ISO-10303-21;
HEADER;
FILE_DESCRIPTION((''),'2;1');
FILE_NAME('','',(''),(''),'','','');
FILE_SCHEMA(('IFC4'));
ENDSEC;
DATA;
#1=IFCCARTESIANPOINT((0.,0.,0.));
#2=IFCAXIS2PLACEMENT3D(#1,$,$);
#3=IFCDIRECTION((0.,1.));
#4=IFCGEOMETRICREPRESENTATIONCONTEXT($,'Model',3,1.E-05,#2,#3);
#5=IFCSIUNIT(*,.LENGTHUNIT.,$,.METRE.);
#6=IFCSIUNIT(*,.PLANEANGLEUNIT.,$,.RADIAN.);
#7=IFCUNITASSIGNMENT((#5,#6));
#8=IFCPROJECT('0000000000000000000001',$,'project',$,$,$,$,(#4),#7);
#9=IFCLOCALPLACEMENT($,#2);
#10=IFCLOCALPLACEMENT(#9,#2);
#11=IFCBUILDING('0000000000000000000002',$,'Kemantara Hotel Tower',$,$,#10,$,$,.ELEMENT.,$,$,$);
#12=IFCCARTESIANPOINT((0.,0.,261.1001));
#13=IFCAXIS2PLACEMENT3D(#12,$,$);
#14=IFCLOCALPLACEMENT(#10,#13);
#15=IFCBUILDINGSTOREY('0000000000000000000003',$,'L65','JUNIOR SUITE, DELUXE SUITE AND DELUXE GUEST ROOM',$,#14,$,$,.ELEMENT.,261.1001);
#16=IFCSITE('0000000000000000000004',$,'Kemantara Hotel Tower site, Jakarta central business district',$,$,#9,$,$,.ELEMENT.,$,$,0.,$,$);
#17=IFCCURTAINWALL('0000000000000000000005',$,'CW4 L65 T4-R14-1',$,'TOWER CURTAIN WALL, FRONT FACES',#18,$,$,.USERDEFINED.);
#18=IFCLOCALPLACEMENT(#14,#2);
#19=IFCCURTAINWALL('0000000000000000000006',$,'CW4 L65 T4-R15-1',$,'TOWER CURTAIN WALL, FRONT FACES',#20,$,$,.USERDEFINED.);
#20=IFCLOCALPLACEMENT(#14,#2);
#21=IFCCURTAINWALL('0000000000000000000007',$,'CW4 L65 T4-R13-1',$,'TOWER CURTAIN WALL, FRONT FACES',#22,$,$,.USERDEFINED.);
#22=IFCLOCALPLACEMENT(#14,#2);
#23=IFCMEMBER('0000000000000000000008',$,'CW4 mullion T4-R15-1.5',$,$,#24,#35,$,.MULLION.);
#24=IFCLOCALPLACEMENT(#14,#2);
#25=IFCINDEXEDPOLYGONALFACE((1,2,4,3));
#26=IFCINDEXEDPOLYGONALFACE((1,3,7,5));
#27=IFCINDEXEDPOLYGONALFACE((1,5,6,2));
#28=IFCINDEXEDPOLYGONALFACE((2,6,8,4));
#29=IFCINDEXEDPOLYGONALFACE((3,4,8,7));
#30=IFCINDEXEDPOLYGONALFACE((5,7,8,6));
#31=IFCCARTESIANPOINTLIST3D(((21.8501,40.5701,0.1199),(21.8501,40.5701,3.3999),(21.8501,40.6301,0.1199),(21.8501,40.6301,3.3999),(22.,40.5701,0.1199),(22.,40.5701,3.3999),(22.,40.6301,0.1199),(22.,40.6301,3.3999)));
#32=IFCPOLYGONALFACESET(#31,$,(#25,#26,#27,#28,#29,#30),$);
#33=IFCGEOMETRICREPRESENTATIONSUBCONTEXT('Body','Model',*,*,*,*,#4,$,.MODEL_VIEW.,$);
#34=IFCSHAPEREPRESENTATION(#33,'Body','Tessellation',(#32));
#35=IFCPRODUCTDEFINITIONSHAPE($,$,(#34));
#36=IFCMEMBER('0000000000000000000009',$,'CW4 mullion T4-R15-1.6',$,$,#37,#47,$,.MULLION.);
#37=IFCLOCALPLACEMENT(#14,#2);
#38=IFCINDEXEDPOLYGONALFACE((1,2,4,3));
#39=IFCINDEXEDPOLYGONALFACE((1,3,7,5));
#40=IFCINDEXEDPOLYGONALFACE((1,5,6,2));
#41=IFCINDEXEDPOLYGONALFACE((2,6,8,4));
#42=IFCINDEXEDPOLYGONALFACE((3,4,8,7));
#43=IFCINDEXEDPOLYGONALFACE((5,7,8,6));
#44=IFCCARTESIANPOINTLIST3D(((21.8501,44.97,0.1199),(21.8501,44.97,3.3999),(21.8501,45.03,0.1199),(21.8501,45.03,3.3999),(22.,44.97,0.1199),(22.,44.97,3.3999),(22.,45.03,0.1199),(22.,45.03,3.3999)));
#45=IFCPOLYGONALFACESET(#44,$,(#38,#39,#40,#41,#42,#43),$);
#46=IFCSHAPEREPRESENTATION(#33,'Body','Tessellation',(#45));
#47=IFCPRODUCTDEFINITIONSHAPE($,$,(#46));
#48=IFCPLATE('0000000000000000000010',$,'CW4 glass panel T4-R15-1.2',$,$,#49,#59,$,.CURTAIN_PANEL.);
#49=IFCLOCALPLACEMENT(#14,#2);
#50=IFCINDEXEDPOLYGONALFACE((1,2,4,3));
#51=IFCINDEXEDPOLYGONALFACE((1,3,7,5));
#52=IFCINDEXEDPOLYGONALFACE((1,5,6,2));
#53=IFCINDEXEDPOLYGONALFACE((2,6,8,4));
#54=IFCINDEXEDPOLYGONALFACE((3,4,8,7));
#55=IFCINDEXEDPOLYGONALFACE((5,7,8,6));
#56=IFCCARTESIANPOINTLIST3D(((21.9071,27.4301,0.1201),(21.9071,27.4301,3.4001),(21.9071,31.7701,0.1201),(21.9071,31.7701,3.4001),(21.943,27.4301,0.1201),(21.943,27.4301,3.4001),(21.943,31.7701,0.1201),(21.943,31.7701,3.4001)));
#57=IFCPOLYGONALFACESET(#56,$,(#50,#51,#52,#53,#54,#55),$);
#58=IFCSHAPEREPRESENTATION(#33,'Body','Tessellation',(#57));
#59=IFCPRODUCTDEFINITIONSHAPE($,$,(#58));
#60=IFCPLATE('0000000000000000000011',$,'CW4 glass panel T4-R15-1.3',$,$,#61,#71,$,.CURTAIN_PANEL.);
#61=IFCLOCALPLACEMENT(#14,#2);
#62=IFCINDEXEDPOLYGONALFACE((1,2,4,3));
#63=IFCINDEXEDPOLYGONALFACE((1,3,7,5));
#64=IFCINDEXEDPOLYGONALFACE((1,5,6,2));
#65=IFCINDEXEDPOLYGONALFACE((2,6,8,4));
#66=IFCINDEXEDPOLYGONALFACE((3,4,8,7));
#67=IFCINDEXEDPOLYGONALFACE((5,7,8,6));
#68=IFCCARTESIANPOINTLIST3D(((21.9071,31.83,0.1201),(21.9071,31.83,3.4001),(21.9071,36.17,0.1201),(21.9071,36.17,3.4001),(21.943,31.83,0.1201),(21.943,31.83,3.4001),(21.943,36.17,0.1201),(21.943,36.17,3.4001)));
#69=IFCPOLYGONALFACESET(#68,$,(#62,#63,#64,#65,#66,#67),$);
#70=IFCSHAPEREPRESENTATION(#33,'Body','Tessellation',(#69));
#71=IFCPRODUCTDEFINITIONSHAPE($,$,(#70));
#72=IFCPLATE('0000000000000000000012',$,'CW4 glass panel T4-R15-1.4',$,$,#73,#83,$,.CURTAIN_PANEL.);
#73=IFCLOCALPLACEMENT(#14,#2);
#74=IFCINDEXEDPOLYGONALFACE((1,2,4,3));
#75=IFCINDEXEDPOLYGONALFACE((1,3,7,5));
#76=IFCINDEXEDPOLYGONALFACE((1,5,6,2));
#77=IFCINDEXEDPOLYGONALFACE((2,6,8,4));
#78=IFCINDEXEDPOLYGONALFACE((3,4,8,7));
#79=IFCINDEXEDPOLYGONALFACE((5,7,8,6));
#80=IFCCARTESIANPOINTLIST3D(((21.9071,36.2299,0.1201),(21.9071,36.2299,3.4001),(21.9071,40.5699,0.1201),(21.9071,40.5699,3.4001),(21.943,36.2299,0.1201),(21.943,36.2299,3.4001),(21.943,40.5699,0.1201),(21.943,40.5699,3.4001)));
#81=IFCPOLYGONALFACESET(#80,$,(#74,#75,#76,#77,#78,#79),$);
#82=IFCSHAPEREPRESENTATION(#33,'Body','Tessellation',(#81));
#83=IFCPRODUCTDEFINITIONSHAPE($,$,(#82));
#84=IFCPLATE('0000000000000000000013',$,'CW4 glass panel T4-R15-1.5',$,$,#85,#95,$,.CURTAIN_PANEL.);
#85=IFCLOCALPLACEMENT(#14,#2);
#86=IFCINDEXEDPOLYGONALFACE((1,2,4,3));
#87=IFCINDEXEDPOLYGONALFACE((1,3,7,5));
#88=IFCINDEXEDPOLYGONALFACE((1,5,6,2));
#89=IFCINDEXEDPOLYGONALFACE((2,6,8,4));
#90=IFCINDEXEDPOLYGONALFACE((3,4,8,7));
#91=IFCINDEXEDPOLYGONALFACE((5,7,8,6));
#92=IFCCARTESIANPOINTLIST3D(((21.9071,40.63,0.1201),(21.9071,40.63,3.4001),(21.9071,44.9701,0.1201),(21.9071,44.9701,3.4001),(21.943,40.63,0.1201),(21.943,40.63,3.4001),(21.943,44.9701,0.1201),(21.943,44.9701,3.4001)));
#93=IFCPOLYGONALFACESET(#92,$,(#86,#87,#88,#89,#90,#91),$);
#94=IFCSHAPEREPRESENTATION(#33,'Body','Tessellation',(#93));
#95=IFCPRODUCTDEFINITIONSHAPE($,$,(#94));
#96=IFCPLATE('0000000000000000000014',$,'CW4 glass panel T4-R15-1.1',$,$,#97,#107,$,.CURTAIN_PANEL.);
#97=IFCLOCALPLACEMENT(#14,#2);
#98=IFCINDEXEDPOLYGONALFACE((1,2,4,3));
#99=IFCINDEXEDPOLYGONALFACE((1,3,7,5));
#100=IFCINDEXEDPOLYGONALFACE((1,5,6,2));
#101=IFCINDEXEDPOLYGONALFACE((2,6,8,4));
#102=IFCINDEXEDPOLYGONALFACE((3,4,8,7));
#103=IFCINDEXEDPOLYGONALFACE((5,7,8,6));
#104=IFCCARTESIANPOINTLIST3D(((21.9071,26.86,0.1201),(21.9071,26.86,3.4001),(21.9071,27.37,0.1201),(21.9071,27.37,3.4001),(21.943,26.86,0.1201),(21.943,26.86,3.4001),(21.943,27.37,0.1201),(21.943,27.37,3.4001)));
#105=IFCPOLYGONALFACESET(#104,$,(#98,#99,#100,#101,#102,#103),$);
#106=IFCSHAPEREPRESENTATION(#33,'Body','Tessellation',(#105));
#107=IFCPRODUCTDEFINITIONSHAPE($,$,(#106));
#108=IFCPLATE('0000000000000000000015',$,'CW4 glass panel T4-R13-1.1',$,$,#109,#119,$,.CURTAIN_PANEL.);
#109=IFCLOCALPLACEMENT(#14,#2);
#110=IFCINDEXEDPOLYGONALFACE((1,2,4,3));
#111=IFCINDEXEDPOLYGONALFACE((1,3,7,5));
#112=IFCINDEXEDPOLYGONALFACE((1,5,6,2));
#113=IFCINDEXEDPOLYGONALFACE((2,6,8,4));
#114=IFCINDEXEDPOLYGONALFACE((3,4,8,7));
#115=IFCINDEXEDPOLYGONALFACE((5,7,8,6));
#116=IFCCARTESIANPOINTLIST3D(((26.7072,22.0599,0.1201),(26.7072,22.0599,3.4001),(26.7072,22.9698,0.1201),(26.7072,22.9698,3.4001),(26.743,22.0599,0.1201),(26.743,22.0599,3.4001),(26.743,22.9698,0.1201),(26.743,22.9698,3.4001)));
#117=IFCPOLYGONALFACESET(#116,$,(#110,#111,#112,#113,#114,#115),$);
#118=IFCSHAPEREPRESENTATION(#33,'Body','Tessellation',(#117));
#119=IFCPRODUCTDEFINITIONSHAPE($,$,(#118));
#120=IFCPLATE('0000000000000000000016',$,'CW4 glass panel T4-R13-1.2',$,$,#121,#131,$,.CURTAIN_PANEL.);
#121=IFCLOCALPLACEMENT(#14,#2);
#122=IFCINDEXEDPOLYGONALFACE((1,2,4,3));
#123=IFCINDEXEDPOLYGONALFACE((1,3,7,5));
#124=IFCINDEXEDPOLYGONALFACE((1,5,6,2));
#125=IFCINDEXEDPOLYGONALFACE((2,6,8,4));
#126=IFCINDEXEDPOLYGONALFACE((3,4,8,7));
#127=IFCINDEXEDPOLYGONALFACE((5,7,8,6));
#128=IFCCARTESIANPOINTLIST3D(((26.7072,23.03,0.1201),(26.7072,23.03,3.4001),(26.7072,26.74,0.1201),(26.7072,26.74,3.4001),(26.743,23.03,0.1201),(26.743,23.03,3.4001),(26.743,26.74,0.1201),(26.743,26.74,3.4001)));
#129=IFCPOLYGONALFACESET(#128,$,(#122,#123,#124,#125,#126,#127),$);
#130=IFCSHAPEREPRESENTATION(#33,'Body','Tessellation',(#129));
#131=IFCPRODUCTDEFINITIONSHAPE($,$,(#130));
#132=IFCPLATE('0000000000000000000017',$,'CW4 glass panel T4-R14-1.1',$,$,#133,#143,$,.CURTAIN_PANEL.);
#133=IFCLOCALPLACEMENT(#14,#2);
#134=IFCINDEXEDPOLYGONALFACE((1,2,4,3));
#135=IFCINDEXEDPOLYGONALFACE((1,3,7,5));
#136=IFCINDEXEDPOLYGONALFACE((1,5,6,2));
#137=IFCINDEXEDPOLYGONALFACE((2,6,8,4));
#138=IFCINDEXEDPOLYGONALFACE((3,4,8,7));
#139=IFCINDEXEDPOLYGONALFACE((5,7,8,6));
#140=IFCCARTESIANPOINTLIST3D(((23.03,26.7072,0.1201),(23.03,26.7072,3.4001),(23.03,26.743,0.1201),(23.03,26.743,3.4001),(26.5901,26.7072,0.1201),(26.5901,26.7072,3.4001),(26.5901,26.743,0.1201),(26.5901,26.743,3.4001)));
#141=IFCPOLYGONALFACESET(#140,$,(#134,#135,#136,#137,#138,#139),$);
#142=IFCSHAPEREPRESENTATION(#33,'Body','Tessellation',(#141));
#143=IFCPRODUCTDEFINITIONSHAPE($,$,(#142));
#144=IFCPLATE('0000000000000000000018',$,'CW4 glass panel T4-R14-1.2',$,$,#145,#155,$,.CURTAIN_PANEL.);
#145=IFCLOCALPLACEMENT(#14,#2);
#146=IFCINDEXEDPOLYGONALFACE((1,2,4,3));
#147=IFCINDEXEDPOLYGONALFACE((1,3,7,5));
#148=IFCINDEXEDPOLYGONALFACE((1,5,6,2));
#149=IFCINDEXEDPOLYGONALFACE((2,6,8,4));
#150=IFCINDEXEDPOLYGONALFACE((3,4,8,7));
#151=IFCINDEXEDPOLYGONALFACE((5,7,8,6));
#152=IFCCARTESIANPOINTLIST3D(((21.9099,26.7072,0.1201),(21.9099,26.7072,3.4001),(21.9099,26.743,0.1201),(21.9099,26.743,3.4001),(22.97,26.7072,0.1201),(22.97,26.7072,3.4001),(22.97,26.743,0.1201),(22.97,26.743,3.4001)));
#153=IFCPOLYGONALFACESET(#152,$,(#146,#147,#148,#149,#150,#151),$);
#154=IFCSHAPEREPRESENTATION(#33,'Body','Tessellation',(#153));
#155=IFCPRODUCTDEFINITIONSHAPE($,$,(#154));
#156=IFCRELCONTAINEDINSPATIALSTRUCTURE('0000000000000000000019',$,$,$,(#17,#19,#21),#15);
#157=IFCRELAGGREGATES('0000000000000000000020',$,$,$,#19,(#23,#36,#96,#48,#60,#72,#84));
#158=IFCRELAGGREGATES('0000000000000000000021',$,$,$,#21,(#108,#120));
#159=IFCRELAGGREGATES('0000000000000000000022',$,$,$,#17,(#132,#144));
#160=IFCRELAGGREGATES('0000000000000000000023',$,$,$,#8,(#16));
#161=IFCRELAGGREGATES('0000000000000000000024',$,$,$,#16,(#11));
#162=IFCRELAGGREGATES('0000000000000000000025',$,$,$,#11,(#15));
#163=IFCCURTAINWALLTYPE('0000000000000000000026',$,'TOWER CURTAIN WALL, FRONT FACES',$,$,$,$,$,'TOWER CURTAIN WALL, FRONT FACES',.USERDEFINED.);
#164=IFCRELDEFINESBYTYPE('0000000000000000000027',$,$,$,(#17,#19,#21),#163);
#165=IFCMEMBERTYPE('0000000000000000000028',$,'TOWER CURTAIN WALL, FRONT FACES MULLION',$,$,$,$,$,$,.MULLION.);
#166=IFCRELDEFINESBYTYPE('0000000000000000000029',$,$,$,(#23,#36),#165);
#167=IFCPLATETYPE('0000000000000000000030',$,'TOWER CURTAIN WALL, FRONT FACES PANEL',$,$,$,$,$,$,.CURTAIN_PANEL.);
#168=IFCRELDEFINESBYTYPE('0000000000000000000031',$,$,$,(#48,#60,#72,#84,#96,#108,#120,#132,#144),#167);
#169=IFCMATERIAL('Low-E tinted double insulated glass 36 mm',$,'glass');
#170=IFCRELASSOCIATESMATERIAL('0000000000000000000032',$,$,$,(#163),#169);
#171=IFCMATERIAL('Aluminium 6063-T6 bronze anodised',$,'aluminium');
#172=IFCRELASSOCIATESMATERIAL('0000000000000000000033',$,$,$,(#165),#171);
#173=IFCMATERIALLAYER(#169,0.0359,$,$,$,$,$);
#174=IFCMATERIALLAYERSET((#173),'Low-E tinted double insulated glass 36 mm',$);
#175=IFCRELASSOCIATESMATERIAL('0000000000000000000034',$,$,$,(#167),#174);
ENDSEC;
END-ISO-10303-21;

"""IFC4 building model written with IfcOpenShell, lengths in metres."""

from ifc_helpers import new_model, si_unit, direction, frame, origin, origin_2d, place, context, subcontext, project, spatial, rectangle, extrude, source, transform, mapped, material, layer, layer_set, material_profile, profile_set, type_object, element, aggregate, save


model = new_model("IFC4")

# Units and contexts
model_context = context("Model", 3, precision=1e-05, world=origin(), true_north=direction((0.0, 1.0)))
body_context = subcontext(model_context, "Body", "Model", "MODEL_VIEW")
ifc_project = project(units=[si_unit("LENGTHUNIT", "METRE"), si_unit("PLANEANGLEUNIT", "RADIAN")], contexts=[model_context])

# Site, building, storey
site_placement = place(None, origin())
site = spatial("IfcSite", under=ifc_project, at=site_placement, Name="Kemantara Hotel Tower site, Jakarta central business district", CompositionType="ELEMENT", RefElevation=0.0)
building_placement = place(site_placement, origin())
building = spatial("IfcBuilding", under=site, at=building_placement, Name="Kemantara Hotel Tower", CompositionType="ELEMENT")
storey_placement = place(building_placement, frame((0.0, 0.0, 261.1001)))
storey = spatial("IfcBuildingStorey", under=building, at=storey_placement, Name="L65", Description="JUNIOR SUITE, DELUXE SUITE AND DELUXE GUEST ROOM", CompositionType="ELEMENT", Elevation=261.1001)

# Curtain walls
ifc_material_1 = material(Name="Low-E tinted double insulated glass 36 mm", Category="glass")
curtain_wall_type = type_object("IfcCurtainWallType", Name="TOWER CURTAIN WALL, FRONT FACES", ElementType="TOWER CURTAIN WALL, FRONT FACES", PredefinedType="USERDEFINED", material=ifc_material_1)
curtain_wall_1_placement = place(storey_placement, origin())
curtain_wall_1 = element("IfcCurtainWall", 1, at=curtain_wall_1_placement, inside=storey, type_object=curtain_wall_type, Name="CW4 L65 T4-R14-1", ObjectType="TOWER CURTAIN WALL, FRONT FACES", PredefinedType="USERDEFINED")
ifc_material_2 = material(Name="Aluminium 6063-T6 bronze anodised", Category="aluminium")
curtain_wall_2_placement = place(storey_placement, origin())
curtain_wall_2 = element("IfcCurtainWall", 2, at=curtain_wall_2_placement, inside=storey, type_object=curtain_wall_type, Name="CW4 L65 T4-R15-1", ObjectType="TOWER CURTAIN WALL, FRONT FACES", PredefinedType="USERDEFINED")

# Curtain wall
curtain_wall_3_placement = place(storey_placement, origin())
curtain_wall_3 = element("IfcCurtainWall", 3, at=curtain_wall_3_placement, inside=storey, type_object=curtain_wall_type, Name="CW4 L65 T4-R13-1", ObjectType="TOWER CURTAIN WALL, FRONT FACES", PredefinedType="USERDEFINED")
ifc_material_profile_1 = material_profile(ifc_material_2, rectangle(XDim=0.1499, YDim=0.0601, at=origin_2d()), Name="TOWER CURTAIN WALL, FRONT FACES MULLION")
ifc_profile_set_1 = profile_set([ifc_material_profile_1], Name="Aluminium 6063-T6 bronze anodised")
member_type_1 = type_object("IfcMemberType", Name="TOWER CURTAIN WALL, FRONT FACES MULLION", PredefinedType="MULLION", material=ifc_profile_set_1)
shared_shape_1 = source(origin(), body_context, "Body", "SweptSolid", [
    extrude(rectangle(XDim=0.1499, YDim=0.0601, at=origin_2d()), origin(), (0.0, 0.0, 1.0), 3.28),
])

# Members
member_1_placement = place(storey_placement, frame((21.925, 40.6001, 0.1199), z_axis=(0.0, 0.0, 1.0), x_axis=(-1.0, 0.0, 0.0)))
member_1 = element("IfcMember", 4, at=member_1_placement, type_object=member_type_1, Name="CW4 mullion T4-R15-1.5", PredefinedType="MULLION", context=body_context, shape_type="MappedRepresentation", body=[
    mapped(shared_shape_1, transform((0.0, 0.0, 0.0))),
])
member_2_placement = place(storey_placement, frame((21.925, 45.0, 0.1199), z_axis=(0.0, 0.0, 1.0), x_axis=(-1.0, 0.0, 0.0)))
member_2 = element("IfcMember", 5, at=member_2_placement, type_object=member_type_1, Name="CW4 mullion T4-R15-1.6", PredefinedType="MULLION", context=body_context, shape_type="MappedRepresentation", body=[
    mapped(shared_shape_1, transform((0.0, 0.0, 0.0))),
])

# Plates
ifc_layer_1 = layer(ifc_material_1, 0.0359)
ifc_layer_set_1 = layer_set([ifc_layer_1], Name="Low-E tinted double insulated glass 36 mm")
plate_type = type_object("IfcPlateType", Name="TOWER CURTAIN WALL, FRONT FACES PANEL", PredefinedType="CURTAIN_PANEL", material=ifc_layer_set_1)
shared_shape_2 = source(origin(), body_context, "Body", "SweptSolid", [
    extrude(rectangle(XDim=4.3401, YDim=0.0359, at=origin_2d()), origin(), (0.0, 0.0, 1.0), 3.28),
])
plate_1_placement = place(storey_placement, frame((21.925, 29.6001, 0.1201), z_axis=(0.0, 0.0, 1.0), x_axis=(0.0, 1.0, 0.0)))
plate_1 = element("IfcPlate", 6, at=plate_1_placement, type_object=plate_type, Name="CW4 glass panel T4-R15-1.2", PredefinedType="CURTAIN_PANEL", context=body_context, shape_type="MappedRepresentation", body=[
    mapped(shared_shape_2, transform((0.0, 0.0, 0.0))),
])
plate_2_placement = place(storey_placement, frame((21.925, 34.0, 0.1201), z_axis=(0.0, 0.0, 1.0), x_axis=(0.0, 1.0, 0.0)))
plate_2 = element("IfcPlate", 7, at=plate_2_placement, type_object=plate_type, Name="CW4 glass panel T4-R15-1.3", PredefinedType="CURTAIN_PANEL", context=body_context, shape_type="MappedRepresentation", body=[
    mapped(shared_shape_2, transform((0.0, 0.0, 0.0))),
])
plate_3_placement = place(storey_placement, frame((21.925, 38.3999, 0.1201), z_axis=(0.0, 0.0, 1.0), x_axis=(0.0, 1.0, 0.0)))
plate_3 = element("IfcPlate", 8, at=plate_3_placement, type_object=plate_type, Name="CW4 glass panel T4-R15-1.4", PredefinedType="CURTAIN_PANEL", context=body_context, shape_type="MappedRepresentation", body=[
    mapped(shared_shape_2, transform((0.0, 0.0, 0.0))),
])
plate_4_placement = place(storey_placement, frame((21.925, 42.8, 0.1201), z_axis=(0.0, 0.0, 1.0), x_axis=(0.0, 1.0, 0.0)))
plate_4 = element("IfcPlate", 9, at=plate_4_placement, type_object=plate_type, Name="CW4 glass panel T4-R15-1.5", PredefinedType="CURTAIN_PANEL", context=body_context, shape_type="MappedRepresentation", body=[
    mapped(shared_shape_2, transform((0.0, 0.0, 0.0))),
])
shared_shape_3 = source(origin(), body_context, "Body", "SweptSolid", [
    extrude(rectangle(XDim=0.51, YDim=0.0359, at=origin_2d()), origin(), (0.0, 0.0, 1.0), 3.28),
])
plate_5_placement = place(storey_placement, frame((21.925, 27.115, 0.1201), z_axis=(0.0, 0.0, 1.0), x_axis=(0.0, 1.0, 0.0)))
plate_5 = element("IfcPlate", 10, at=plate_5_placement, type_object=plate_type, Name="CW4 glass panel T4-R15-1.1", PredefinedType="CURTAIN_PANEL", context=body_context, shape_type="MappedRepresentation", body=[
    mapped(shared_shape_3, transform((0.0, 0.0, 0.0))),
])
aggregate(curtain_wall_2, [member_1, member_2, plate_5, plate_1, plate_2, plate_3, plate_4])
shared_shape_4 = source(origin(), body_context, "Body", "SweptSolid", [
    extrude(rectangle(XDim=0.9099, YDim=0.0359, at=origin_2d()), origin(), (0.0, 0.0, 1.0), 3.28),
])
plate_6_placement = place(storey_placement, frame((26.7251, 22.5149, 0.1201), z_axis=(0.0, 0.0, 1.0), x_axis=(0.0, 1.0, 0.0)))
plate_6 = element("IfcPlate", 11, at=plate_6_placement, type_object=plate_type, Name="CW4 glass panel T4-R13-1.1", PredefinedType="CURTAIN_PANEL", context=body_context, shape_type="MappedRepresentation", body=[
    mapped(shared_shape_4, transform((0.0, 0.0, 0.0))),
])
shared_shape_5 = source(origin(), body_context, "Body", "SweptSolid", [
    extrude(rectangle(XDim=3.71, YDim=0.0359, at=origin_2d()), origin(), (0.0, 0.0, 1.0), 3.28),
])
plate_7_placement = place(storey_placement, frame((26.7251, 24.885, 0.1201), z_axis=(0.0, 0.0, 1.0), x_axis=(0.0, 1.0, 0.0)))
plate_7 = element("IfcPlate", 12, at=plate_7_placement, type_object=plate_type, Name="CW4 glass panel T4-R13-1.2", PredefinedType="CURTAIN_PANEL", context=body_context, shape_type="MappedRepresentation", body=[
    mapped(shared_shape_5, transform((0.0, 0.0, 0.0))),
])
aggregate(curtain_wall_3, [plate_6, plate_7])
shared_shape_6 = source(origin(), body_context, "Body", "SweptSolid", [
    extrude(rectangle(XDim=3.5601, YDim=0.0359, at=origin_2d()), origin(), (0.0, 0.0, 1.0), 3.28),
])
plate_8_placement = place(storey_placement, frame((24.8101, 26.7251, 0.1201), z_axis=(0.0, 0.0, 1.0), x_axis=(-1.0, 0.0, 0.0)))
plate_8 = element("IfcPlate", 13, at=plate_8_placement, type_object=plate_type, Name="CW4 glass panel T4-R14-1.1", PredefinedType="CURTAIN_PANEL", context=body_context, shape_type="MappedRepresentation", body=[
    mapped(shared_shape_6, transform((0.0, 0.0, 0.0))),
])
shared_shape_7 = source(origin(), body_context, "Body", "SweptSolid", [
    extrude(rectangle(XDim=1.0601, YDim=0.0359, at=origin_2d()), origin(), (0.0, 0.0, 1.0), 3.28),
])
plate_9_placement = place(storey_placement, frame((22.4399, 26.7251, 0.1201), z_axis=(0.0, 0.0, 1.0), x_axis=(-1.0, 0.0, 0.0)))
plate_9 = element("IfcPlate", 14, at=plate_9_placement, type_object=plate_type, Name="CW4 glass panel T4-R14-1.2", PredefinedType="CURTAIN_PANEL", context=body_context, shape_type="MappedRepresentation", body=[
    mapped(shared_shape_7, transform((0.0, 0.0, 0.0))),
])
aggregate(curtain_wall_1, [plate_8, plate_9])

save(model, "model.ifc")
